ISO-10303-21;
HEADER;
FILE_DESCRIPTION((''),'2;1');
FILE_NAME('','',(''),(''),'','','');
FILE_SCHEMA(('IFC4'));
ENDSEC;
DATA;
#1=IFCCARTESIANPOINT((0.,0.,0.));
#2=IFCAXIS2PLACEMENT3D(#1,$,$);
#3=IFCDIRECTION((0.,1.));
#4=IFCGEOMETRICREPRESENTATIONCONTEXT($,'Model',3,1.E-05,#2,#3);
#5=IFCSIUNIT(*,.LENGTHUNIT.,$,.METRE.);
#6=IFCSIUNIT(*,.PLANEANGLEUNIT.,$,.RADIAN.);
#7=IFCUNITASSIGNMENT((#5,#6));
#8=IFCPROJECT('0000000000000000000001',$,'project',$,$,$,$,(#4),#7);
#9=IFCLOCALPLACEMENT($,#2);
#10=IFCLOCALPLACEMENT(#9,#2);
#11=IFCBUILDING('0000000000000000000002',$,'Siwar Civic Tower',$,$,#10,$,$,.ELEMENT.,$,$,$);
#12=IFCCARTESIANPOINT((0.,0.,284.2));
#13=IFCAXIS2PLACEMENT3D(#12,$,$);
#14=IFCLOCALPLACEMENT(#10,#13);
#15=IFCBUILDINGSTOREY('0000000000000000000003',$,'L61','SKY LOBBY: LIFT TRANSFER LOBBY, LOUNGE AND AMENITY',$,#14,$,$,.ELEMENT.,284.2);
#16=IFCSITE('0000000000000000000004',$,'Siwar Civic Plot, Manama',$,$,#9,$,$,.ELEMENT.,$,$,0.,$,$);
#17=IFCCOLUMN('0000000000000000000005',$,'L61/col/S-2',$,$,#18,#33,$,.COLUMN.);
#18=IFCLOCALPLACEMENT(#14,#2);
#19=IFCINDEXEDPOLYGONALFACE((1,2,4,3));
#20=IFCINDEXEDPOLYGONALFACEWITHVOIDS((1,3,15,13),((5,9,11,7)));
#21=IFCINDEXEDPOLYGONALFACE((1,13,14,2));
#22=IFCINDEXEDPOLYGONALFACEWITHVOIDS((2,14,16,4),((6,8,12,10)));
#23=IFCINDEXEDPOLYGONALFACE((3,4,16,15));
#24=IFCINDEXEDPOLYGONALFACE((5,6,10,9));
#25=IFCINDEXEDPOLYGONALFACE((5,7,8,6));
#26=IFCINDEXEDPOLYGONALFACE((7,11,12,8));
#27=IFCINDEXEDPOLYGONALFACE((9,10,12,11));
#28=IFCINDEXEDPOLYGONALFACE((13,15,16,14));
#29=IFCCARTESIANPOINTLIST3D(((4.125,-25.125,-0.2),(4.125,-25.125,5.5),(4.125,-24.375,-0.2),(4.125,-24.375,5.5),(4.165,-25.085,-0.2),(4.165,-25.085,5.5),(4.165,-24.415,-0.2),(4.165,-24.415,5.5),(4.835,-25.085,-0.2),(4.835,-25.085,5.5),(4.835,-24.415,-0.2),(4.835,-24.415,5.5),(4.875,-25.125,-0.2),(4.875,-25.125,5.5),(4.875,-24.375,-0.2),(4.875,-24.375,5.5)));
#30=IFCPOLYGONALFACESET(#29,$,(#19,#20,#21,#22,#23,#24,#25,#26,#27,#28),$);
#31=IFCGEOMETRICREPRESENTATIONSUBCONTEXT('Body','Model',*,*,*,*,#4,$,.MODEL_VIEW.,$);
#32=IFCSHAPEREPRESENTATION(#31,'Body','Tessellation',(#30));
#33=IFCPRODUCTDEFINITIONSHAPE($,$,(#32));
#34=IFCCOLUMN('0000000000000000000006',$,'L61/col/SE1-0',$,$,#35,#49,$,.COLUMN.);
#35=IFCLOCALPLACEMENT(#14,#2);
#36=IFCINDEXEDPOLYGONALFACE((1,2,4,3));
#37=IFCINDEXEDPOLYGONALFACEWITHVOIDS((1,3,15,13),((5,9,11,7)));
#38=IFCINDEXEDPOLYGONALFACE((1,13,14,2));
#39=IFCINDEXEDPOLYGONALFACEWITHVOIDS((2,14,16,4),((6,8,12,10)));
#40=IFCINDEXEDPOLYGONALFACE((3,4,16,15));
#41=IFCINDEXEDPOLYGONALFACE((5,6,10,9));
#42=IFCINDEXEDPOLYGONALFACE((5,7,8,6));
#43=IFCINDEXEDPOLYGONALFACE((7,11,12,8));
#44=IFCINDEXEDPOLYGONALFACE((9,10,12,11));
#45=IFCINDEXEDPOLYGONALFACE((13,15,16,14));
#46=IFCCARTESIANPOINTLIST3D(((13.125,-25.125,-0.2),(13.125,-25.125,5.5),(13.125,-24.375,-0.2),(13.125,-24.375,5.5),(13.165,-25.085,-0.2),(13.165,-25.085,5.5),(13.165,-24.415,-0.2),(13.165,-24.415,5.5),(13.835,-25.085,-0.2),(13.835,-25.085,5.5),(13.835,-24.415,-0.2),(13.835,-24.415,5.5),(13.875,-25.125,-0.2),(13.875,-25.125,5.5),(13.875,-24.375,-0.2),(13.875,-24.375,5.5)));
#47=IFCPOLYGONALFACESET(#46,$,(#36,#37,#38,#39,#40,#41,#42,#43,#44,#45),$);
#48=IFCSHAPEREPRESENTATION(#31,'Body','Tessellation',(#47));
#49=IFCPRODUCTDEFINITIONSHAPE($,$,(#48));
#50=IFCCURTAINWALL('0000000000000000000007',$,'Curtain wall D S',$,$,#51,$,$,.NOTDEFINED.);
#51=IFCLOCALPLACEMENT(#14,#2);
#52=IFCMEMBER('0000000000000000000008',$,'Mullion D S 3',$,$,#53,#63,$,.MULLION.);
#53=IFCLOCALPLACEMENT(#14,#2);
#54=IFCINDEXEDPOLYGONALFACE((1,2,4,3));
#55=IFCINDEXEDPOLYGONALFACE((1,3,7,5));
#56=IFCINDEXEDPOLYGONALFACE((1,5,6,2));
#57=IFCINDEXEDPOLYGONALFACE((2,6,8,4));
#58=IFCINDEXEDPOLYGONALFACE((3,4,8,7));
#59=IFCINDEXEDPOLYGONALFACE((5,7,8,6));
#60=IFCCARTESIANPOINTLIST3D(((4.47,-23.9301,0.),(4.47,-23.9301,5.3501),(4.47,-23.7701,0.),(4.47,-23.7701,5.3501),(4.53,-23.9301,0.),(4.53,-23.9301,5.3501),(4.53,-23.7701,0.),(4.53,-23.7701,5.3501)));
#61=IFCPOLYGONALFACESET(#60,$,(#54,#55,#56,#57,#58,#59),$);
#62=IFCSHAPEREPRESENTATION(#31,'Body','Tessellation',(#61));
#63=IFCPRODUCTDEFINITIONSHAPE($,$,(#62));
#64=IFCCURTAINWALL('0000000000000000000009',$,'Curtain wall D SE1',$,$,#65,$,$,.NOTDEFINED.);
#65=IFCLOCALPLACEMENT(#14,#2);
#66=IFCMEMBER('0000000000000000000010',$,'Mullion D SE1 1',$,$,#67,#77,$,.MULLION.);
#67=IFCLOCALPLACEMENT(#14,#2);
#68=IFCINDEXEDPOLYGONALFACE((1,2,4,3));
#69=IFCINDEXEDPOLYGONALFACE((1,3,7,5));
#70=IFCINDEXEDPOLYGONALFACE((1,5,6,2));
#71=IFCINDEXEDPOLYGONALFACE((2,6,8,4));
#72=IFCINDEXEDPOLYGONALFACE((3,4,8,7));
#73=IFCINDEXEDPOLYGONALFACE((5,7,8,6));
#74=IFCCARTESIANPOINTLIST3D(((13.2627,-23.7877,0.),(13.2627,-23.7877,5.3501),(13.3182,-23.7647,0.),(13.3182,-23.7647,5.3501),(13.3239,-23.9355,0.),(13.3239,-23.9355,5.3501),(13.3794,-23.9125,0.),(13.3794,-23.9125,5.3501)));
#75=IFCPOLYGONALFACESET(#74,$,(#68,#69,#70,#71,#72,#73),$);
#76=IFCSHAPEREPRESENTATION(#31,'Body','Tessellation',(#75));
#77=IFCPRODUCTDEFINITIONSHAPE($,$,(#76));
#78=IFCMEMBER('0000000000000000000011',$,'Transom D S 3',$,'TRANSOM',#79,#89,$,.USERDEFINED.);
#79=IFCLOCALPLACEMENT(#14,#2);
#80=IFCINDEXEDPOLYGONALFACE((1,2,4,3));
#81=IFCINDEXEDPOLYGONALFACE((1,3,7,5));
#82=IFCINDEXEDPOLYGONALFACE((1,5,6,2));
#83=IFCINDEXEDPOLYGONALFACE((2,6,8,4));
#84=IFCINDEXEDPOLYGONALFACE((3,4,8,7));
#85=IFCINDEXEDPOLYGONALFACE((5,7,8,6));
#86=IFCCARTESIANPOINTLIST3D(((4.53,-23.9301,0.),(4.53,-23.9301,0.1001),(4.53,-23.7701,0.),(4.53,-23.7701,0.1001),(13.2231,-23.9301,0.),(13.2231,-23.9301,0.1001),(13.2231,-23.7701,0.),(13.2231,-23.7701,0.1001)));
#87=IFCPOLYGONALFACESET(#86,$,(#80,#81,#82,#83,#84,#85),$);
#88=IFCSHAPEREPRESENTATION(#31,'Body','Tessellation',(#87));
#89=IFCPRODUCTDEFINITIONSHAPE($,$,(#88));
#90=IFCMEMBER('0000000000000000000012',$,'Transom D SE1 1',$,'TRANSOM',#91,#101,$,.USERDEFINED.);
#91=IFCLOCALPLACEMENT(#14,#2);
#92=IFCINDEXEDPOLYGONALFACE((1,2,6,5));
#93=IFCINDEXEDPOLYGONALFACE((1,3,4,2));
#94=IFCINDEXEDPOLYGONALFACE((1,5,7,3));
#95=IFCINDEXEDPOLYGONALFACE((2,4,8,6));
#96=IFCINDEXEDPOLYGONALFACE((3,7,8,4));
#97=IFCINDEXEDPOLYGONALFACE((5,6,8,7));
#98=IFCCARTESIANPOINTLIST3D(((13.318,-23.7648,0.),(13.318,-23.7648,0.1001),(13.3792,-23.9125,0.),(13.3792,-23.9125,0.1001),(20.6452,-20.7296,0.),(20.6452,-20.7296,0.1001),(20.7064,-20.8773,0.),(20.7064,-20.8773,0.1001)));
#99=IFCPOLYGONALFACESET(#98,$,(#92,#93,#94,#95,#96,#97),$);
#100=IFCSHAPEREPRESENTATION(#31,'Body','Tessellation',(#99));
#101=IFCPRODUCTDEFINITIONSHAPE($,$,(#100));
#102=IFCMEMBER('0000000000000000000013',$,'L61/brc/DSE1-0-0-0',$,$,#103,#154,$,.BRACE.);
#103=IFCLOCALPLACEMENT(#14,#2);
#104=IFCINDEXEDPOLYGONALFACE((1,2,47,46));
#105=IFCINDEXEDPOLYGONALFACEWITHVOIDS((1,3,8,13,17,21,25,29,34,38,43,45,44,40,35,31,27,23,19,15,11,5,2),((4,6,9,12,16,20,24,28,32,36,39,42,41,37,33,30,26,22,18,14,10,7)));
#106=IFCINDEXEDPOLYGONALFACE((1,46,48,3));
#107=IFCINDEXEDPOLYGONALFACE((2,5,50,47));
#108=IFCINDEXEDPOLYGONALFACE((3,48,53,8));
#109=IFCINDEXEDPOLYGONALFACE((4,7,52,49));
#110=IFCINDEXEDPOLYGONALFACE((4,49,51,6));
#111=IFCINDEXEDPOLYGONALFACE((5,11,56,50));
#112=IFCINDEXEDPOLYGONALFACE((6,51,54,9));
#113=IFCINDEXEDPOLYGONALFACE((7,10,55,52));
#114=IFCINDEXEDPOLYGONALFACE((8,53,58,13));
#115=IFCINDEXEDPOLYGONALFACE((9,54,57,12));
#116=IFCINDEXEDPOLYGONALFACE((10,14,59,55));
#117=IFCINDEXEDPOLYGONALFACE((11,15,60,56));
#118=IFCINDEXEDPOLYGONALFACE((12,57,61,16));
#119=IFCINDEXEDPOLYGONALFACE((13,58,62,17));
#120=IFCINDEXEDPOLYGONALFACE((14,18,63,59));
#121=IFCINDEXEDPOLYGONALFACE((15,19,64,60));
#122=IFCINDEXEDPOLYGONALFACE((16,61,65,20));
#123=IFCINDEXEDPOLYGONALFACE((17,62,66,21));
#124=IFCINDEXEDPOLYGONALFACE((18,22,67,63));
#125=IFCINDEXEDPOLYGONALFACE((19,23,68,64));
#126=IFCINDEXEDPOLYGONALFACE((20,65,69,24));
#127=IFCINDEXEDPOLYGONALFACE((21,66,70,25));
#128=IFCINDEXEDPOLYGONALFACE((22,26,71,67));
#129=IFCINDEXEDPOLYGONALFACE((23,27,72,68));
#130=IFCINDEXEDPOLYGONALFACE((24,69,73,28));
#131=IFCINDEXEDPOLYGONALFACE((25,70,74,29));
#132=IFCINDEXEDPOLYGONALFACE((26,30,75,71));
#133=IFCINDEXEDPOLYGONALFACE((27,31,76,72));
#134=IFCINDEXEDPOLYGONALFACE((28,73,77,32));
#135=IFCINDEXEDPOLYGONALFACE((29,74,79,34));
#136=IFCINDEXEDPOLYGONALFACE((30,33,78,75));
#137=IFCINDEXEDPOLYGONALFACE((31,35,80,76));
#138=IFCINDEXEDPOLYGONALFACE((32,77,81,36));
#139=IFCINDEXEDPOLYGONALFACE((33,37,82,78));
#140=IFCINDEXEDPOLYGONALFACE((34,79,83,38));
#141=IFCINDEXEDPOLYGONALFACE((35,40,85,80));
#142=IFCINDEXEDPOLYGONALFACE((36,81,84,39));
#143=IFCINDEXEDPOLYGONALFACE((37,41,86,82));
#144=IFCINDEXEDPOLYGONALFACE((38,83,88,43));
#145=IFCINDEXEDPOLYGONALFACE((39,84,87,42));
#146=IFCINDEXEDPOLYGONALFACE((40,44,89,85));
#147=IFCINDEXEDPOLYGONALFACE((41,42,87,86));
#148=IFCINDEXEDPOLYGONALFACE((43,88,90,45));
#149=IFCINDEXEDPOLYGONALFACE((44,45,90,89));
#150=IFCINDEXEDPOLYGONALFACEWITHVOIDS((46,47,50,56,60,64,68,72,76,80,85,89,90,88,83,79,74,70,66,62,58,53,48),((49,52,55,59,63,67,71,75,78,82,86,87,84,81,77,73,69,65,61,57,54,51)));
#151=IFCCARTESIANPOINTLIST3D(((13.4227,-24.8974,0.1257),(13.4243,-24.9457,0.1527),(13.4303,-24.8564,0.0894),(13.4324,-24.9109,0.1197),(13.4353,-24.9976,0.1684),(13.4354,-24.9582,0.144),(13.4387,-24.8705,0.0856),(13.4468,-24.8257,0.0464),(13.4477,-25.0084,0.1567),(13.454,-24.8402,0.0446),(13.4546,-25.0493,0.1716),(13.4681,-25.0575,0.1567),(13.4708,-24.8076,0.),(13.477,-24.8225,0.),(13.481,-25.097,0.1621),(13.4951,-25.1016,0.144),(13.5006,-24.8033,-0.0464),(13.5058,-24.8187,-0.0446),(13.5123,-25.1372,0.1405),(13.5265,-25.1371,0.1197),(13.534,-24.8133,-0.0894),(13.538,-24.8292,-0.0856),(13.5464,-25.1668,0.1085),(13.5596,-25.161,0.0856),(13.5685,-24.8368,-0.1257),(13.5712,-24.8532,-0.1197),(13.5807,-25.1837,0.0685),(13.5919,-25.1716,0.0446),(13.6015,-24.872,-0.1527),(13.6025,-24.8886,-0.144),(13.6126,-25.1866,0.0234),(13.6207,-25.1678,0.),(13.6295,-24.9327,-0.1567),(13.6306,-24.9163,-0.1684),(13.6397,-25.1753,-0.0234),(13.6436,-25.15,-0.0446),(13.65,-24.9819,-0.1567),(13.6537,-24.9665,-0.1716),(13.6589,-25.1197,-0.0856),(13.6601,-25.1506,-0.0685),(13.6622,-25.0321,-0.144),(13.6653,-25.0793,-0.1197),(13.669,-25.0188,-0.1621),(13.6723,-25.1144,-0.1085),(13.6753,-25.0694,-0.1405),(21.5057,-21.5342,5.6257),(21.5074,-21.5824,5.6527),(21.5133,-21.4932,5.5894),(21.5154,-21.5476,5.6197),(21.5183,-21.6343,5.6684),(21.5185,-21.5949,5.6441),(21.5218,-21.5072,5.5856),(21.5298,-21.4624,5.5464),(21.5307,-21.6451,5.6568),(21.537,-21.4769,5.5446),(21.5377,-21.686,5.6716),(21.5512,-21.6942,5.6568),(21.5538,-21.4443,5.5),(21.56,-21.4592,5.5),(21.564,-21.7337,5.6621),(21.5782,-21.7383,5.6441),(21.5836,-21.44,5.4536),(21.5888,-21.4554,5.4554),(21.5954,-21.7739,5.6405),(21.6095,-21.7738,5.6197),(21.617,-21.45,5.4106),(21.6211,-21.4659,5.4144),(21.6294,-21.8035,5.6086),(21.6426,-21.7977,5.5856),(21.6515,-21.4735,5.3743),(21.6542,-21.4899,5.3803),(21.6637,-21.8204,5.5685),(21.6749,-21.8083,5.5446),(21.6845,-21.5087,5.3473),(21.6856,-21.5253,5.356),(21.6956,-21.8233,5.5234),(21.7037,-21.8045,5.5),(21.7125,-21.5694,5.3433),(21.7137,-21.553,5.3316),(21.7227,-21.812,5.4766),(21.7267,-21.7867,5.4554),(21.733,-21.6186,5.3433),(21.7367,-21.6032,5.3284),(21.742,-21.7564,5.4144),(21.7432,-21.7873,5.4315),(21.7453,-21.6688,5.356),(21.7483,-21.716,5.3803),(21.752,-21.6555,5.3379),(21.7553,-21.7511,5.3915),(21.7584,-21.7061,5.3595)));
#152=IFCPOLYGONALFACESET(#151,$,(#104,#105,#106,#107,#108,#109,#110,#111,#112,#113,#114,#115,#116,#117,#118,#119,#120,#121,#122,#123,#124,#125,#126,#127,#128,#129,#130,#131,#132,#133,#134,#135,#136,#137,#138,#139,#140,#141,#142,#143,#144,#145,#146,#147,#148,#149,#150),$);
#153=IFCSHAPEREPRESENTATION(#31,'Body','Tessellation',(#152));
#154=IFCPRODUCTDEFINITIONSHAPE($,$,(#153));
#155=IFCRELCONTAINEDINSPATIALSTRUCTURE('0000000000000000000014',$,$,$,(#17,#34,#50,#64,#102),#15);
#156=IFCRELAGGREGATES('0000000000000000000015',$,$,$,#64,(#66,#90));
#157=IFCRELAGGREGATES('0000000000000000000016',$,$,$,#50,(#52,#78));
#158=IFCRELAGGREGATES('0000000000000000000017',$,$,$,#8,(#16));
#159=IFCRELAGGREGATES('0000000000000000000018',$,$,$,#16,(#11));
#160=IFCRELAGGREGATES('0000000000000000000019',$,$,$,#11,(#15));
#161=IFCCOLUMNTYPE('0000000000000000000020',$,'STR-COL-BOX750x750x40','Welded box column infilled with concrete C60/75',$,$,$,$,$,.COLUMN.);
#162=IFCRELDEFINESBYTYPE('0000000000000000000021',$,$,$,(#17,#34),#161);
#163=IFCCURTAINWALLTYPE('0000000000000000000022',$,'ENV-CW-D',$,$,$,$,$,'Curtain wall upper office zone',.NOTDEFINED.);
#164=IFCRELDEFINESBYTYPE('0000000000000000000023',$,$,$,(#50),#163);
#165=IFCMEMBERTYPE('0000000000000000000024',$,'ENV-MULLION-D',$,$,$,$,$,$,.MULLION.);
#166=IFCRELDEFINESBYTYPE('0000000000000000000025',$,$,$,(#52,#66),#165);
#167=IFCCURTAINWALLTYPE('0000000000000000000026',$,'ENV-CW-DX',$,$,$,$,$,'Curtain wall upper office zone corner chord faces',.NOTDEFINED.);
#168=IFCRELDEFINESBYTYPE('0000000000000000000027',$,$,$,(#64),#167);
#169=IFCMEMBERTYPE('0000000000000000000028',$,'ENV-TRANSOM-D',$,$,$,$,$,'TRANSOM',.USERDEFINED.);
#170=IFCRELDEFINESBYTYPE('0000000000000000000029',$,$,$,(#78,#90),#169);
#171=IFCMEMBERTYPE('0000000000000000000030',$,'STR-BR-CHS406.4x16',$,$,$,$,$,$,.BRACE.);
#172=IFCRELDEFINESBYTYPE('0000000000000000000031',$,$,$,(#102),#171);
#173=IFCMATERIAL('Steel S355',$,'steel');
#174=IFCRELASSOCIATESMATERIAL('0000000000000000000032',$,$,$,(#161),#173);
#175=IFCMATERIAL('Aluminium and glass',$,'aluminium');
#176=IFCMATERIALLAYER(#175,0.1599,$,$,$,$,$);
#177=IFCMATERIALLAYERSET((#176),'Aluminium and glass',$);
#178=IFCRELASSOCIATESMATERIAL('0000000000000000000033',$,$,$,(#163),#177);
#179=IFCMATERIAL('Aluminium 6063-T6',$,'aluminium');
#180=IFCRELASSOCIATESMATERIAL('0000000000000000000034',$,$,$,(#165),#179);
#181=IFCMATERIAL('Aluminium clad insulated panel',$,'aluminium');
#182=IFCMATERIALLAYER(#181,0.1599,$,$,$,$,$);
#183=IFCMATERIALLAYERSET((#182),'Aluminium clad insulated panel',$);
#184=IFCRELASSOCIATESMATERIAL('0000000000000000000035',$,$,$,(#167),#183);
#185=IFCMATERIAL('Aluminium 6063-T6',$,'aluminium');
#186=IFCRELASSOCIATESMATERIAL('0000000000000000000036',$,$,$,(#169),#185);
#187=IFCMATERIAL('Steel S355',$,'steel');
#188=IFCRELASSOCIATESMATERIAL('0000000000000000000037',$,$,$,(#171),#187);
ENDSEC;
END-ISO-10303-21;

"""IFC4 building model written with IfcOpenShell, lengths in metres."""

from ifc_helpers import new_model, si_unit, direction, frame, origin, origin_2d, place, context, subcontext, project, spatial, rectangle, hollow_rectangle, hollow_circle, extrude, material, layer, layer_set, material_profile, profile_set, type_object, element, aggregate, save


model = new_model("IFC4")

# Units and contexts
model_context = context("Model", 3, precision=1e-05, world=origin(), true_north=direction((0.0, 1.0)))
body_context = subcontext(model_context, "Body", "Model", "MODEL_VIEW")
ifc_project = project(units=[si_unit("LENGTHUNIT", "METRE"), si_unit("PLANEANGLEUNIT", "RADIAN")], contexts=[model_context])

# Site, building, storey
site_placement = place(None, origin())
site = spatial("IfcSite", under=ifc_project, at=site_placement, Name="Siwar Civic Plot, Manama", CompositionType="ELEMENT", RefElevation=0.0)
building_placement = place(site_placement, origin())
building = spatial("IfcBuilding", under=site, at=building_placement, Name="Siwar Civic Tower", CompositionType="ELEMENT")
storey_placement = place(building_placement, frame((0.0, 0.0, 284.2)))
storey = spatial("IfcBuildingStorey", under=building, at=storey_placement, Name="L61", Description="SKY LOBBY: LIFT TRANSFER LOBBY, LOUNGE AND AMENITY", CompositionType="ELEMENT", Elevation=284.2)

# Columns
ifc_material_1 = material(Name="Steel S355", Category="steel")
ifc_material_profile_1 = material_profile(ifc_material_1, hollow_rectangle(XDim=0.75, YDim=0.75, WallThickness=0.04, at=origin_2d()), Name="BOX750x750x40")
ifc_profile_set_1 = profile_set([ifc_material_profile_1], Name="Steel S355")
column_type = type_object("IfcColumnType", Name="STR-COL-BOX750x750x40", Description="Welded box column infilled with concrete C60/75", PredefinedType="COLUMN", material=ifc_profile_set_1)
for number, where, z_axis, x_axis, name in (
    (1, (4.5, -24.75, -0.2), (0.0, 0.0, 1.0), (1.0, 0.0, 0.0), "L61/col/S-2"),
    (2, (13.5, -24.75, -0.2), (0.0, 0.0, 1.0), (1.0, 0.0, 0.0), "L61/col/SE1-0"),
):
    element("IfcColumn", number, at=place(storey_placement, frame(where, z_axis=z_axis, x_axis=x_axis)), inside=storey, type_object=column_type, Name=name, PredefinedType="COLUMN", context=body_context, shape_type="SweptSolid", body=[
        extrude(hollow_rectangle(XDim=0.75, YDim=0.75, WallThickness=0.04, at=origin_2d()), origin(), (0.0, 0.0, 1.0), 5.7),
    ])

# Curtain walls, members
ifc_material_2 = material(Name="Aluminium and glass", Category="aluminium")
ifc_layer_1 = layer(ifc_material_2, 0.1599)
ifc_layer_set_1 = layer_set([ifc_layer_1], Name="Aluminium and glass")
curtain_wall_type_1 = type_object("IfcCurtainWallType", Name="ENV-CW-D", ElementType="Curtain wall upper office zone", PredefinedType="NOTDEFINED", material=ifc_layer_set_1)
curtain_wall_1_placement = place(storey_placement, origin())
curtain_wall_1 = element("IfcCurtainWall", 3, at=curtain_wall_1_placement, inside=storey, type_object=curtain_wall_type_1, Name="Curtain wall D S", PredefinedType="NOTDEFINED")
ifc_material_3 = material(Name="Aluminium 6063-T6", Category="aluminium")
ifc_material_profile_2 = material_profile(ifc_material_3, rectangle(XDim=0.1599, YDim=0.0601, at=origin_2d()), Name="AL 160x60")
ifc_profile_set_2 = profile_set([ifc_material_profile_2], Name="Aluminium 6063-T6")
member_type_1 = type_object("IfcMemberType", Name="ENV-MULLION-D", PredefinedType="MULLION", material=ifc_profile_set_2)
member_1_placement = place(storey_placement, frame((4.5, -23.8501, 0.0), z_axis=(0.0, 0.0, 1.0), x_axis=(0.0, 1.0, 0.0)))
member_1 = element("IfcMember", 4, at=member_1_placement, type_object=member_type_1, Name="Mullion D S 3", PredefinedType="MULLION", context=body_context, shape_type="SweptSolid", body=[
    extrude(rectangle(XDim=0.1599, YDim=0.0601, at=origin_2d()), origin(), (0.0, 0.0, 1.0), 5.3501),
])
ifc_material_4 = material(Name="Aluminium clad insulated panel", Category="aluminium")
ifc_layer_2 = layer(ifc_material_4, 0.1599)
ifc_layer_set_2 = layer_set([ifc_layer_2], Name="Aluminium clad insulated panel")
curtain_wall_type_2 = type_object("IfcCurtainWallType", Name="ENV-CW-DX", ElementType="Curtain wall upper office zone corner chord faces", PredefinedType="NOTDEFINED", material=ifc_layer_set_2)
curtain_wall_2_placement = place(storey_placement, origin())
curtain_wall_2 = element("IfcCurtainWall", 5, at=curtain_wall_2_placement, inside=storey, type_object=curtain_wall_type_2, Name="Curtain wall D SE1", PredefinedType="NOTDEFINED")
member_2_placement = place(storey_placement, frame((13.321, -23.8501, 0.0), z_axis=(0.0, 0.0, 1.0), x_axis=(-0.382683, 0.92388, 0.0)))
member_2 = element("IfcMember", 6, at=member_2_placement, type_object=member_type_1, Name="Mullion D SE1 1", PredefinedType="MULLION", context=body_context, shape_type="SweptSolid", body=[
    extrude(rectangle(XDim=0.1599, YDim=0.0601, at=origin_2d()), origin(), (0.0, 0.0, 1.0), 5.3501),
])

# Members
ifc_material_5 = material(Name="Aluminium 6063-T6", Category="aluminium")
ifc_material_profile_3 = material_profile(ifc_material_5, rectangle(XDim=0.1599, YDim=0.1001, at=origin_2d()), Name="AL 160x100")
ifc_profile_set_3 = profile_set([ifc_material_profile_3], Name="Aluminium 6063-T6")
member_type_2 = type_object("IfcMemberType", Name="ENV-TRANSOM-D", ElementType="TRANSOM", PredefinedType="USERDEFINED", material=ifc_profile_set_3)
member_3_placement = place(storey_placement, frame((4.53, -23.8501, 0.05), z_axis=(1.0, 0.0, 0.0), x_axis=(0.0, 1.0, 0.0)))
member_3 = element("IfcMember", 7, at=member_3_placement, type_object=member_type_2, Name="Transom D S 3", ObjectType="TRANSOM", PredefinedType="USERDEFINED", context=body_context, shape_type="SweptSolid", body=[
    extrude(rectangle(XDim=0.1599, YDim=0.1001, at=origin_2d()), origin(), (0.0, 0.0, 1.0), 8.6931),
])
member_4_placement = place(storey_placement, frame((13.3486, -23.8386, 0.05), z_axis=(0.923873, 0.3827, 0.0), x_axis=(-0.3827, 0.923873, 0.0)))
member_4 = element("IfcMember", 8, at=member_4_placement, type_object=member_type_2, Name="Transom D SE1 1", ObjectType="TRANSOM", PredefinedType="USERDEFINED", context=body_context, shape_type="SweptSolid", body=[
    extrude(rectangle(XDim=0.1599, YDim=0.1001, at=origin_2d()), origin(), (0.0, 0.0, 1.0), 7.9309),
])
aggregate(curtain_wall_2, [member_2, member_4])
ifc_material_6 = material(Name="Steel S355", Category="steel")
ifc_material_profile_4 = material_profile(ifc_material_6, hollow_circle(Radius=0.2031, WallThickness=0.0161, at=origin_2d()), Name="CHS406.4x16")
ifc_profile_set_4 = profile_set([ifc_material_profile_4], Name="Steel S355")
member_type_3 = type_object("IfcMemberType", Name="STR-BR-CHS406.4x16", PredefinedType="BRACE", material=ifc_profile_set_4)
member_5_placement = place(storey_placement, frame((13.5488, -24.9951, 0.0), z_axis=(0.781791, 0.325298, 0.531962), x_axis=(-0.384164, 0.923265, 0.0)))
element("IfcMember", 9, at=member_5_placement, inside=storey, type_object=member_type_3, Name="L61/brc/DSE1-0-0-0", PredefinedType="BRACE", context=body_context, shape_type="SweptSolid", body=[
    extrude(hollow_circle(Radius=0.2031, WallThickness=0.0161, at=origin_2d()), origin(), (0.0, 0.0, 1.0), 10.3391),
])

aggregate(curtain_wall_1, [member_1, member_3])

save(model, "model.ifc")
